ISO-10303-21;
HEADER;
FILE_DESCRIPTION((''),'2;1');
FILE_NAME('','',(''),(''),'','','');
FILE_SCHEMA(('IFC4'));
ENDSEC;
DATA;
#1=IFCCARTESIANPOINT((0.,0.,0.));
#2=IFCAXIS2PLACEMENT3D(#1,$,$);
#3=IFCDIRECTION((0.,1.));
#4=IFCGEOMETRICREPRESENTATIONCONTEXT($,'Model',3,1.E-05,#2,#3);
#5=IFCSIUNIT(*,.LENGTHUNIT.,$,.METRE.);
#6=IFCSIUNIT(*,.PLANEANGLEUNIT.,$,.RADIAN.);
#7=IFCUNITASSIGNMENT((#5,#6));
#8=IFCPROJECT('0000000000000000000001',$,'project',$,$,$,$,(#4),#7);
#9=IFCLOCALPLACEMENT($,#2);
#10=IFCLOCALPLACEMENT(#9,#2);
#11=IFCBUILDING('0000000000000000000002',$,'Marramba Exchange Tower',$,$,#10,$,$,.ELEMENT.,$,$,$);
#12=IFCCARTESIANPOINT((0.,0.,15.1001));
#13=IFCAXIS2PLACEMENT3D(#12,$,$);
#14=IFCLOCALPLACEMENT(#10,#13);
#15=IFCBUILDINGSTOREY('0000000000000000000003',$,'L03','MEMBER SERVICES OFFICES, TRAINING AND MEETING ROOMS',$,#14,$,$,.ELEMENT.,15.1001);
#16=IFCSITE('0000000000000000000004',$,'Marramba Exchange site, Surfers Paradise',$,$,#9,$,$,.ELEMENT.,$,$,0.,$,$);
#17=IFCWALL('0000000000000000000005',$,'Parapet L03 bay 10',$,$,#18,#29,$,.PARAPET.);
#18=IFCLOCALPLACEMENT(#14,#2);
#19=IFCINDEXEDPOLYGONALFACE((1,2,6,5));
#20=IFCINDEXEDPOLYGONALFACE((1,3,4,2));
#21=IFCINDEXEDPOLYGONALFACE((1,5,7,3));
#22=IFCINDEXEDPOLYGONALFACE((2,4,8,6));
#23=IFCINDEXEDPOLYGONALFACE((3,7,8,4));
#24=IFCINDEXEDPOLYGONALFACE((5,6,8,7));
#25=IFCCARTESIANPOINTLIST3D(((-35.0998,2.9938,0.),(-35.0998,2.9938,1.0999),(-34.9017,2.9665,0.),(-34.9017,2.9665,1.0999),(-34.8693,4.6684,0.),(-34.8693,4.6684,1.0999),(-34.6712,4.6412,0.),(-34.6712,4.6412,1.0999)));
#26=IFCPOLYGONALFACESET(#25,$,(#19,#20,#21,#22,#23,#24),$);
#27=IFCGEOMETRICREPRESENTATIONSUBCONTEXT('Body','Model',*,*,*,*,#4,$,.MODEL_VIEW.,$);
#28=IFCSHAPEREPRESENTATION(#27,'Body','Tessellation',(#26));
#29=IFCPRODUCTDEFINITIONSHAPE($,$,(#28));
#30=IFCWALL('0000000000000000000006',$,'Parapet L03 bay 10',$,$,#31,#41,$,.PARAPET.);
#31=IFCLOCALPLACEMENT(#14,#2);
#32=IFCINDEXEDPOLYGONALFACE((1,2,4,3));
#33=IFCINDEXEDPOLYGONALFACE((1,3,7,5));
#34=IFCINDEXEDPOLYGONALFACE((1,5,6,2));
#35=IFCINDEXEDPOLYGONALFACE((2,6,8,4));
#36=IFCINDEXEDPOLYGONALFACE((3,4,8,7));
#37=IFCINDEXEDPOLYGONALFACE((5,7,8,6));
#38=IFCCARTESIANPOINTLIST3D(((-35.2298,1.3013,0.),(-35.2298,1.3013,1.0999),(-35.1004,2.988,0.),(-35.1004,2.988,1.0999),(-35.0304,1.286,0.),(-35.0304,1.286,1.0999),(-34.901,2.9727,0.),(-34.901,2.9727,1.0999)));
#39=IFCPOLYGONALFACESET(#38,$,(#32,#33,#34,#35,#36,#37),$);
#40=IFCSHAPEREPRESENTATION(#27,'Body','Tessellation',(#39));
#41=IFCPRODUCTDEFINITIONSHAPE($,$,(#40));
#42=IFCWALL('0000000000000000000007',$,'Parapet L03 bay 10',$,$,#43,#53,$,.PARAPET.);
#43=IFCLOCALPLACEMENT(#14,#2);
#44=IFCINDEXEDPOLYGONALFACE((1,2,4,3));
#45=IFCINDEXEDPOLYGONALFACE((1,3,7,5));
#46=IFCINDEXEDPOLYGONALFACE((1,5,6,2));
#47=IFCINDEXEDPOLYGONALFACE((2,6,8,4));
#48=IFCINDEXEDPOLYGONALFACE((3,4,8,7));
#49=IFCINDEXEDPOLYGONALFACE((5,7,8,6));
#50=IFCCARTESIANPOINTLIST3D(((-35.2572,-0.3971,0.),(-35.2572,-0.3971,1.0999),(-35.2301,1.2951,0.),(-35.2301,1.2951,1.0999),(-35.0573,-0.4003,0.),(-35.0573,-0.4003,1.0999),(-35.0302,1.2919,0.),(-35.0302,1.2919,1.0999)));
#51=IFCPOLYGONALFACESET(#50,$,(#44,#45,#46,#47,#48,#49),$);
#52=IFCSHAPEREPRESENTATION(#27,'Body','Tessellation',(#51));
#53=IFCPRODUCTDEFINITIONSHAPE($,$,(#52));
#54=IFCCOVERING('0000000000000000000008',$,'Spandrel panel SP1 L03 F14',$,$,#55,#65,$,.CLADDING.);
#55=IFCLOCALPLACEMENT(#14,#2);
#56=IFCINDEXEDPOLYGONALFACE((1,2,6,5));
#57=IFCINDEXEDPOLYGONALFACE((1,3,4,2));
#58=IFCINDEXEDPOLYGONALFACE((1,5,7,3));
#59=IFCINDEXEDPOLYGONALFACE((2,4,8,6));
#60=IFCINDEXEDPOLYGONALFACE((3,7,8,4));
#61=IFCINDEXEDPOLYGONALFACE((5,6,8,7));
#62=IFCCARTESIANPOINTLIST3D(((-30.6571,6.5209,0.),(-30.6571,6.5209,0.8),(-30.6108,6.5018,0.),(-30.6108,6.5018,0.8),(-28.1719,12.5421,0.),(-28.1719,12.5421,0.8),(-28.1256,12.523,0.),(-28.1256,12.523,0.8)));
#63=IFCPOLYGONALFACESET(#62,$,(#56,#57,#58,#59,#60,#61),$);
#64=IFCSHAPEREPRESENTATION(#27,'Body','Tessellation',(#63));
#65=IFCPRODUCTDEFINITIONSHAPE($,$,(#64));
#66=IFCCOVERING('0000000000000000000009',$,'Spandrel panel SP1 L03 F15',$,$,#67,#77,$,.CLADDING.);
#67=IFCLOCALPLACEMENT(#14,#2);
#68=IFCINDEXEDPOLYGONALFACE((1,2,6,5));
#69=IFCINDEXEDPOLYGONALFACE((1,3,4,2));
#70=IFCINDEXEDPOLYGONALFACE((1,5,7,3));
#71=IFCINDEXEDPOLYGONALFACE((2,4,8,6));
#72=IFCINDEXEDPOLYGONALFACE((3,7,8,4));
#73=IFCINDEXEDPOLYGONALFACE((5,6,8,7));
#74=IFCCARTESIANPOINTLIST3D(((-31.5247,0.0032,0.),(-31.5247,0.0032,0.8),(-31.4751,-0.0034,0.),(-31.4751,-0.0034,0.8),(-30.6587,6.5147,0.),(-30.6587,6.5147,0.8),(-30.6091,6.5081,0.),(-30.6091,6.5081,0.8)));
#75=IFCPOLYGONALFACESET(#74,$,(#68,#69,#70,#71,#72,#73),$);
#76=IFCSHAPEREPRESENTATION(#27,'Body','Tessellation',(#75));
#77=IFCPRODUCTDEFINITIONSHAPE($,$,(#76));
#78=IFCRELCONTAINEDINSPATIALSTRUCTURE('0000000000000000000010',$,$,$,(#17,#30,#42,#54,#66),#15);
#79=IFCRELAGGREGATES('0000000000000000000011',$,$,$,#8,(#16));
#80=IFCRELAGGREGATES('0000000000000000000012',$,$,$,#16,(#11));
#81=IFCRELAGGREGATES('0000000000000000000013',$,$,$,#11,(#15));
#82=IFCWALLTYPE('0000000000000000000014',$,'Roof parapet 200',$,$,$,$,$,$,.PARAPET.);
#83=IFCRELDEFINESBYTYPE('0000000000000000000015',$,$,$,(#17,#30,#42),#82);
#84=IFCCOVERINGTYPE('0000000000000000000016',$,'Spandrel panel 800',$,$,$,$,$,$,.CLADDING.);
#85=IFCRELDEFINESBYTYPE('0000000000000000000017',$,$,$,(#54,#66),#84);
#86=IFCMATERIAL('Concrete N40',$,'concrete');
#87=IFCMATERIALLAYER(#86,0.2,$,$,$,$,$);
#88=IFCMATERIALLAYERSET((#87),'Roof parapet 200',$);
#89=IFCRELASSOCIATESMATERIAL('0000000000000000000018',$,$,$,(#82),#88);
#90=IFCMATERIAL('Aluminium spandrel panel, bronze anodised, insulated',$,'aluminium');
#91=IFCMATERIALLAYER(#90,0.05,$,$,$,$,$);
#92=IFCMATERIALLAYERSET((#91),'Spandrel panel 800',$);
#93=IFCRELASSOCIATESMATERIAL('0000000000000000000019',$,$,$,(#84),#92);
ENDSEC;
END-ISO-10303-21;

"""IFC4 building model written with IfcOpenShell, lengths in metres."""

from ifc_helpers import new_model, si_unit, direction, frame, frame_2d, origin, origin_2d, place, context, subcontext, project, spatial, rectangle, extrude, material, layer, layer_set, type_object, element, save


model = new_model("IFC4")

# Units and contexts
model_context = context("Model", 3, precision=1e-05, world=origin(), true_north=direction((0.0, 1.0)))
body_context = subcontext(model_context, "Body", "Model", "MODEL_VIEW")
ifc_project = project(units=[si_unit("LENGTHUNIT", "METRE"), si_unit("PLANEANGLEUNIT", "RADIAN")], contexts=[model_context])

# Site, building, storey
site_placement = place(None, origin())
site = spatial("IfcSite", under=ifc_project, at=site_placement, Name="Marramba Exchange site, Surfers Paradise", CompositionType="ELEMENT", RefElevation=0.0)
building_placement = place(site_placement, origin())
building = spatial("IfcBuilding", under=site, at=building_placement, Name="Marramba Exchange Tower", CompositionType="ELEMENT")
storey_placement = place(building_placement, frame((0.0, 0.0, 15.1001)))
storey = spatial("IfcBuildingStorey", under=building, at=storey_placement, Name="L03", Description="MEMBER SERVICES OFFICES, TRAINING AND MEETING ROOMS", CompositionType="ELEMENT", Elevation=15.1001)

# Walls
ifc_material_1 = material(Name="Concrete N40", Category="concrete")
ifc_layer_1 = layer(ifc_material_1, 0.2)
ifc_layer_set_1 = layer_set([ifc_layer_1], Name="Roof parapet 200")
wall_type = type_object("IfcWallType", Name="Roof parapet 200", PredefinedType="PARAPET", material=ifc_layer_set_1)
wall_1_placement = place(storey_placement, frame((-34.7703, 4.6548, 0.0), z_axis=(0.0, 0.0, 1.0), x_axis=(-0.136344, -0.990662, 0.0)))
element("IfcWall", 1, at=wall_1_placement, inside=storey, type_object=wall_type, Name="Parapet L03 bay 10", PredefinedType="PARAPET", context=body_context, shape_type="SweptSolid", body=[
    extrude(rectangle(XDim=1.6904, YDim=0.2, at=frame_2d((0.8452, 0.0))), origin(), (0.0, 0.0, 1.0), 1.0999),
])
wall_2_placement = place(storey_placement, frame((-35.0007, 2.9802, 0.0), z_axis=(0.0, 0.0, 1.0), x_axis=(-0.076487, -0.997071, 0.0)))
element("IfcWall", 2, at=wall_2_placement, inside=storey, type_object=wall_type, Name="Parapet L03 bay 10", PredefinedType="PARAPET", context=body_context, shape_type="SweptSolid", body=[
    extrude(rectangle(XDim=1.6917, YDim=0.2, at=frame_2d((0.8457, 0.0))), origin(), (0.0, 0.0, 1.0), 1.0999),
])
wall_3_placement = place(storey_placement, frame((-35.1301, 1.2935, 0.0), z_axis=(0.0, 0.0, 1.0), x_axis=(-0.016013, -0.999872, 0.0)))
element("IfcWall", 3, at=wall_3_placement, inside=storey, type_object=wall_type, Name="Parapet L03 bay 10", PredefinedType="PARAPET", context=body_context, shape_type="SweptSolid", body=[
    extrude(rectangle(XDim=1.6924, YDim=0.2, at=frame_2d((0.8462, 0.0))), origin(), (0.0, 0.0, 1.0), 1.0999),
])

# Coverings
ifc_material_2 = material(Name="Aluminium spandrel panel, bronze anodised, insulated", Category="aluminium")
ifc_layer_2 = layer(ifc_material_2, 0.05)
ifc_layer_set_2 = layer_set([ifc_layer_2], Name="Spandrel panel 800")
covering_type = type_object("IfcCoveringType", Name="Spandrel panel 800", PredefinedType="CLADDING", material=ifc_layer_set_2)
covering_1_placement = place(storey_placement, frame((-29.3914, 9.522, 0.0), z_axis=(0.0, 0.0, 1.0), x_axis=(-0.381514, -0.924363, 0.0)))
element("IfcCovering", 4, at=covering_1_placement, inside=storey, type_object=covering_type, Name="Spandrel panel SP1 L03 F14", PredefinedType="CLADDING", context=body_context, shape_type="SweptSolid", body=[
    extrude(rectangle(XDim=6.5139, YDim=0.05, at=origin_2d()), origin(), (0.0, 0.0, 1.0), 0.8),
])
covering_2_placement = place(storey_placement, frame((-31.0669, 3.2556, 0.0), z_axis=(0.0, 0.0, 1.0), x_axis=(-0.131839, -0.991271, 0.0)))
element("IfcCovering", 5, at=covering_2_placement, inside=storey, type_object=covering_type, Name="Spandrel panel SP1 L03 F15", PredefinedType="CLADDING", context=body_context, shape_type="SweptSolid", body=[
    extrude(rectangle(XDim=6.5688, YDim=0.05, at=origin_2d()), origin(), (0.0, 0.0, 1.0), 0.8),
])

save(model, "model.ifc")
